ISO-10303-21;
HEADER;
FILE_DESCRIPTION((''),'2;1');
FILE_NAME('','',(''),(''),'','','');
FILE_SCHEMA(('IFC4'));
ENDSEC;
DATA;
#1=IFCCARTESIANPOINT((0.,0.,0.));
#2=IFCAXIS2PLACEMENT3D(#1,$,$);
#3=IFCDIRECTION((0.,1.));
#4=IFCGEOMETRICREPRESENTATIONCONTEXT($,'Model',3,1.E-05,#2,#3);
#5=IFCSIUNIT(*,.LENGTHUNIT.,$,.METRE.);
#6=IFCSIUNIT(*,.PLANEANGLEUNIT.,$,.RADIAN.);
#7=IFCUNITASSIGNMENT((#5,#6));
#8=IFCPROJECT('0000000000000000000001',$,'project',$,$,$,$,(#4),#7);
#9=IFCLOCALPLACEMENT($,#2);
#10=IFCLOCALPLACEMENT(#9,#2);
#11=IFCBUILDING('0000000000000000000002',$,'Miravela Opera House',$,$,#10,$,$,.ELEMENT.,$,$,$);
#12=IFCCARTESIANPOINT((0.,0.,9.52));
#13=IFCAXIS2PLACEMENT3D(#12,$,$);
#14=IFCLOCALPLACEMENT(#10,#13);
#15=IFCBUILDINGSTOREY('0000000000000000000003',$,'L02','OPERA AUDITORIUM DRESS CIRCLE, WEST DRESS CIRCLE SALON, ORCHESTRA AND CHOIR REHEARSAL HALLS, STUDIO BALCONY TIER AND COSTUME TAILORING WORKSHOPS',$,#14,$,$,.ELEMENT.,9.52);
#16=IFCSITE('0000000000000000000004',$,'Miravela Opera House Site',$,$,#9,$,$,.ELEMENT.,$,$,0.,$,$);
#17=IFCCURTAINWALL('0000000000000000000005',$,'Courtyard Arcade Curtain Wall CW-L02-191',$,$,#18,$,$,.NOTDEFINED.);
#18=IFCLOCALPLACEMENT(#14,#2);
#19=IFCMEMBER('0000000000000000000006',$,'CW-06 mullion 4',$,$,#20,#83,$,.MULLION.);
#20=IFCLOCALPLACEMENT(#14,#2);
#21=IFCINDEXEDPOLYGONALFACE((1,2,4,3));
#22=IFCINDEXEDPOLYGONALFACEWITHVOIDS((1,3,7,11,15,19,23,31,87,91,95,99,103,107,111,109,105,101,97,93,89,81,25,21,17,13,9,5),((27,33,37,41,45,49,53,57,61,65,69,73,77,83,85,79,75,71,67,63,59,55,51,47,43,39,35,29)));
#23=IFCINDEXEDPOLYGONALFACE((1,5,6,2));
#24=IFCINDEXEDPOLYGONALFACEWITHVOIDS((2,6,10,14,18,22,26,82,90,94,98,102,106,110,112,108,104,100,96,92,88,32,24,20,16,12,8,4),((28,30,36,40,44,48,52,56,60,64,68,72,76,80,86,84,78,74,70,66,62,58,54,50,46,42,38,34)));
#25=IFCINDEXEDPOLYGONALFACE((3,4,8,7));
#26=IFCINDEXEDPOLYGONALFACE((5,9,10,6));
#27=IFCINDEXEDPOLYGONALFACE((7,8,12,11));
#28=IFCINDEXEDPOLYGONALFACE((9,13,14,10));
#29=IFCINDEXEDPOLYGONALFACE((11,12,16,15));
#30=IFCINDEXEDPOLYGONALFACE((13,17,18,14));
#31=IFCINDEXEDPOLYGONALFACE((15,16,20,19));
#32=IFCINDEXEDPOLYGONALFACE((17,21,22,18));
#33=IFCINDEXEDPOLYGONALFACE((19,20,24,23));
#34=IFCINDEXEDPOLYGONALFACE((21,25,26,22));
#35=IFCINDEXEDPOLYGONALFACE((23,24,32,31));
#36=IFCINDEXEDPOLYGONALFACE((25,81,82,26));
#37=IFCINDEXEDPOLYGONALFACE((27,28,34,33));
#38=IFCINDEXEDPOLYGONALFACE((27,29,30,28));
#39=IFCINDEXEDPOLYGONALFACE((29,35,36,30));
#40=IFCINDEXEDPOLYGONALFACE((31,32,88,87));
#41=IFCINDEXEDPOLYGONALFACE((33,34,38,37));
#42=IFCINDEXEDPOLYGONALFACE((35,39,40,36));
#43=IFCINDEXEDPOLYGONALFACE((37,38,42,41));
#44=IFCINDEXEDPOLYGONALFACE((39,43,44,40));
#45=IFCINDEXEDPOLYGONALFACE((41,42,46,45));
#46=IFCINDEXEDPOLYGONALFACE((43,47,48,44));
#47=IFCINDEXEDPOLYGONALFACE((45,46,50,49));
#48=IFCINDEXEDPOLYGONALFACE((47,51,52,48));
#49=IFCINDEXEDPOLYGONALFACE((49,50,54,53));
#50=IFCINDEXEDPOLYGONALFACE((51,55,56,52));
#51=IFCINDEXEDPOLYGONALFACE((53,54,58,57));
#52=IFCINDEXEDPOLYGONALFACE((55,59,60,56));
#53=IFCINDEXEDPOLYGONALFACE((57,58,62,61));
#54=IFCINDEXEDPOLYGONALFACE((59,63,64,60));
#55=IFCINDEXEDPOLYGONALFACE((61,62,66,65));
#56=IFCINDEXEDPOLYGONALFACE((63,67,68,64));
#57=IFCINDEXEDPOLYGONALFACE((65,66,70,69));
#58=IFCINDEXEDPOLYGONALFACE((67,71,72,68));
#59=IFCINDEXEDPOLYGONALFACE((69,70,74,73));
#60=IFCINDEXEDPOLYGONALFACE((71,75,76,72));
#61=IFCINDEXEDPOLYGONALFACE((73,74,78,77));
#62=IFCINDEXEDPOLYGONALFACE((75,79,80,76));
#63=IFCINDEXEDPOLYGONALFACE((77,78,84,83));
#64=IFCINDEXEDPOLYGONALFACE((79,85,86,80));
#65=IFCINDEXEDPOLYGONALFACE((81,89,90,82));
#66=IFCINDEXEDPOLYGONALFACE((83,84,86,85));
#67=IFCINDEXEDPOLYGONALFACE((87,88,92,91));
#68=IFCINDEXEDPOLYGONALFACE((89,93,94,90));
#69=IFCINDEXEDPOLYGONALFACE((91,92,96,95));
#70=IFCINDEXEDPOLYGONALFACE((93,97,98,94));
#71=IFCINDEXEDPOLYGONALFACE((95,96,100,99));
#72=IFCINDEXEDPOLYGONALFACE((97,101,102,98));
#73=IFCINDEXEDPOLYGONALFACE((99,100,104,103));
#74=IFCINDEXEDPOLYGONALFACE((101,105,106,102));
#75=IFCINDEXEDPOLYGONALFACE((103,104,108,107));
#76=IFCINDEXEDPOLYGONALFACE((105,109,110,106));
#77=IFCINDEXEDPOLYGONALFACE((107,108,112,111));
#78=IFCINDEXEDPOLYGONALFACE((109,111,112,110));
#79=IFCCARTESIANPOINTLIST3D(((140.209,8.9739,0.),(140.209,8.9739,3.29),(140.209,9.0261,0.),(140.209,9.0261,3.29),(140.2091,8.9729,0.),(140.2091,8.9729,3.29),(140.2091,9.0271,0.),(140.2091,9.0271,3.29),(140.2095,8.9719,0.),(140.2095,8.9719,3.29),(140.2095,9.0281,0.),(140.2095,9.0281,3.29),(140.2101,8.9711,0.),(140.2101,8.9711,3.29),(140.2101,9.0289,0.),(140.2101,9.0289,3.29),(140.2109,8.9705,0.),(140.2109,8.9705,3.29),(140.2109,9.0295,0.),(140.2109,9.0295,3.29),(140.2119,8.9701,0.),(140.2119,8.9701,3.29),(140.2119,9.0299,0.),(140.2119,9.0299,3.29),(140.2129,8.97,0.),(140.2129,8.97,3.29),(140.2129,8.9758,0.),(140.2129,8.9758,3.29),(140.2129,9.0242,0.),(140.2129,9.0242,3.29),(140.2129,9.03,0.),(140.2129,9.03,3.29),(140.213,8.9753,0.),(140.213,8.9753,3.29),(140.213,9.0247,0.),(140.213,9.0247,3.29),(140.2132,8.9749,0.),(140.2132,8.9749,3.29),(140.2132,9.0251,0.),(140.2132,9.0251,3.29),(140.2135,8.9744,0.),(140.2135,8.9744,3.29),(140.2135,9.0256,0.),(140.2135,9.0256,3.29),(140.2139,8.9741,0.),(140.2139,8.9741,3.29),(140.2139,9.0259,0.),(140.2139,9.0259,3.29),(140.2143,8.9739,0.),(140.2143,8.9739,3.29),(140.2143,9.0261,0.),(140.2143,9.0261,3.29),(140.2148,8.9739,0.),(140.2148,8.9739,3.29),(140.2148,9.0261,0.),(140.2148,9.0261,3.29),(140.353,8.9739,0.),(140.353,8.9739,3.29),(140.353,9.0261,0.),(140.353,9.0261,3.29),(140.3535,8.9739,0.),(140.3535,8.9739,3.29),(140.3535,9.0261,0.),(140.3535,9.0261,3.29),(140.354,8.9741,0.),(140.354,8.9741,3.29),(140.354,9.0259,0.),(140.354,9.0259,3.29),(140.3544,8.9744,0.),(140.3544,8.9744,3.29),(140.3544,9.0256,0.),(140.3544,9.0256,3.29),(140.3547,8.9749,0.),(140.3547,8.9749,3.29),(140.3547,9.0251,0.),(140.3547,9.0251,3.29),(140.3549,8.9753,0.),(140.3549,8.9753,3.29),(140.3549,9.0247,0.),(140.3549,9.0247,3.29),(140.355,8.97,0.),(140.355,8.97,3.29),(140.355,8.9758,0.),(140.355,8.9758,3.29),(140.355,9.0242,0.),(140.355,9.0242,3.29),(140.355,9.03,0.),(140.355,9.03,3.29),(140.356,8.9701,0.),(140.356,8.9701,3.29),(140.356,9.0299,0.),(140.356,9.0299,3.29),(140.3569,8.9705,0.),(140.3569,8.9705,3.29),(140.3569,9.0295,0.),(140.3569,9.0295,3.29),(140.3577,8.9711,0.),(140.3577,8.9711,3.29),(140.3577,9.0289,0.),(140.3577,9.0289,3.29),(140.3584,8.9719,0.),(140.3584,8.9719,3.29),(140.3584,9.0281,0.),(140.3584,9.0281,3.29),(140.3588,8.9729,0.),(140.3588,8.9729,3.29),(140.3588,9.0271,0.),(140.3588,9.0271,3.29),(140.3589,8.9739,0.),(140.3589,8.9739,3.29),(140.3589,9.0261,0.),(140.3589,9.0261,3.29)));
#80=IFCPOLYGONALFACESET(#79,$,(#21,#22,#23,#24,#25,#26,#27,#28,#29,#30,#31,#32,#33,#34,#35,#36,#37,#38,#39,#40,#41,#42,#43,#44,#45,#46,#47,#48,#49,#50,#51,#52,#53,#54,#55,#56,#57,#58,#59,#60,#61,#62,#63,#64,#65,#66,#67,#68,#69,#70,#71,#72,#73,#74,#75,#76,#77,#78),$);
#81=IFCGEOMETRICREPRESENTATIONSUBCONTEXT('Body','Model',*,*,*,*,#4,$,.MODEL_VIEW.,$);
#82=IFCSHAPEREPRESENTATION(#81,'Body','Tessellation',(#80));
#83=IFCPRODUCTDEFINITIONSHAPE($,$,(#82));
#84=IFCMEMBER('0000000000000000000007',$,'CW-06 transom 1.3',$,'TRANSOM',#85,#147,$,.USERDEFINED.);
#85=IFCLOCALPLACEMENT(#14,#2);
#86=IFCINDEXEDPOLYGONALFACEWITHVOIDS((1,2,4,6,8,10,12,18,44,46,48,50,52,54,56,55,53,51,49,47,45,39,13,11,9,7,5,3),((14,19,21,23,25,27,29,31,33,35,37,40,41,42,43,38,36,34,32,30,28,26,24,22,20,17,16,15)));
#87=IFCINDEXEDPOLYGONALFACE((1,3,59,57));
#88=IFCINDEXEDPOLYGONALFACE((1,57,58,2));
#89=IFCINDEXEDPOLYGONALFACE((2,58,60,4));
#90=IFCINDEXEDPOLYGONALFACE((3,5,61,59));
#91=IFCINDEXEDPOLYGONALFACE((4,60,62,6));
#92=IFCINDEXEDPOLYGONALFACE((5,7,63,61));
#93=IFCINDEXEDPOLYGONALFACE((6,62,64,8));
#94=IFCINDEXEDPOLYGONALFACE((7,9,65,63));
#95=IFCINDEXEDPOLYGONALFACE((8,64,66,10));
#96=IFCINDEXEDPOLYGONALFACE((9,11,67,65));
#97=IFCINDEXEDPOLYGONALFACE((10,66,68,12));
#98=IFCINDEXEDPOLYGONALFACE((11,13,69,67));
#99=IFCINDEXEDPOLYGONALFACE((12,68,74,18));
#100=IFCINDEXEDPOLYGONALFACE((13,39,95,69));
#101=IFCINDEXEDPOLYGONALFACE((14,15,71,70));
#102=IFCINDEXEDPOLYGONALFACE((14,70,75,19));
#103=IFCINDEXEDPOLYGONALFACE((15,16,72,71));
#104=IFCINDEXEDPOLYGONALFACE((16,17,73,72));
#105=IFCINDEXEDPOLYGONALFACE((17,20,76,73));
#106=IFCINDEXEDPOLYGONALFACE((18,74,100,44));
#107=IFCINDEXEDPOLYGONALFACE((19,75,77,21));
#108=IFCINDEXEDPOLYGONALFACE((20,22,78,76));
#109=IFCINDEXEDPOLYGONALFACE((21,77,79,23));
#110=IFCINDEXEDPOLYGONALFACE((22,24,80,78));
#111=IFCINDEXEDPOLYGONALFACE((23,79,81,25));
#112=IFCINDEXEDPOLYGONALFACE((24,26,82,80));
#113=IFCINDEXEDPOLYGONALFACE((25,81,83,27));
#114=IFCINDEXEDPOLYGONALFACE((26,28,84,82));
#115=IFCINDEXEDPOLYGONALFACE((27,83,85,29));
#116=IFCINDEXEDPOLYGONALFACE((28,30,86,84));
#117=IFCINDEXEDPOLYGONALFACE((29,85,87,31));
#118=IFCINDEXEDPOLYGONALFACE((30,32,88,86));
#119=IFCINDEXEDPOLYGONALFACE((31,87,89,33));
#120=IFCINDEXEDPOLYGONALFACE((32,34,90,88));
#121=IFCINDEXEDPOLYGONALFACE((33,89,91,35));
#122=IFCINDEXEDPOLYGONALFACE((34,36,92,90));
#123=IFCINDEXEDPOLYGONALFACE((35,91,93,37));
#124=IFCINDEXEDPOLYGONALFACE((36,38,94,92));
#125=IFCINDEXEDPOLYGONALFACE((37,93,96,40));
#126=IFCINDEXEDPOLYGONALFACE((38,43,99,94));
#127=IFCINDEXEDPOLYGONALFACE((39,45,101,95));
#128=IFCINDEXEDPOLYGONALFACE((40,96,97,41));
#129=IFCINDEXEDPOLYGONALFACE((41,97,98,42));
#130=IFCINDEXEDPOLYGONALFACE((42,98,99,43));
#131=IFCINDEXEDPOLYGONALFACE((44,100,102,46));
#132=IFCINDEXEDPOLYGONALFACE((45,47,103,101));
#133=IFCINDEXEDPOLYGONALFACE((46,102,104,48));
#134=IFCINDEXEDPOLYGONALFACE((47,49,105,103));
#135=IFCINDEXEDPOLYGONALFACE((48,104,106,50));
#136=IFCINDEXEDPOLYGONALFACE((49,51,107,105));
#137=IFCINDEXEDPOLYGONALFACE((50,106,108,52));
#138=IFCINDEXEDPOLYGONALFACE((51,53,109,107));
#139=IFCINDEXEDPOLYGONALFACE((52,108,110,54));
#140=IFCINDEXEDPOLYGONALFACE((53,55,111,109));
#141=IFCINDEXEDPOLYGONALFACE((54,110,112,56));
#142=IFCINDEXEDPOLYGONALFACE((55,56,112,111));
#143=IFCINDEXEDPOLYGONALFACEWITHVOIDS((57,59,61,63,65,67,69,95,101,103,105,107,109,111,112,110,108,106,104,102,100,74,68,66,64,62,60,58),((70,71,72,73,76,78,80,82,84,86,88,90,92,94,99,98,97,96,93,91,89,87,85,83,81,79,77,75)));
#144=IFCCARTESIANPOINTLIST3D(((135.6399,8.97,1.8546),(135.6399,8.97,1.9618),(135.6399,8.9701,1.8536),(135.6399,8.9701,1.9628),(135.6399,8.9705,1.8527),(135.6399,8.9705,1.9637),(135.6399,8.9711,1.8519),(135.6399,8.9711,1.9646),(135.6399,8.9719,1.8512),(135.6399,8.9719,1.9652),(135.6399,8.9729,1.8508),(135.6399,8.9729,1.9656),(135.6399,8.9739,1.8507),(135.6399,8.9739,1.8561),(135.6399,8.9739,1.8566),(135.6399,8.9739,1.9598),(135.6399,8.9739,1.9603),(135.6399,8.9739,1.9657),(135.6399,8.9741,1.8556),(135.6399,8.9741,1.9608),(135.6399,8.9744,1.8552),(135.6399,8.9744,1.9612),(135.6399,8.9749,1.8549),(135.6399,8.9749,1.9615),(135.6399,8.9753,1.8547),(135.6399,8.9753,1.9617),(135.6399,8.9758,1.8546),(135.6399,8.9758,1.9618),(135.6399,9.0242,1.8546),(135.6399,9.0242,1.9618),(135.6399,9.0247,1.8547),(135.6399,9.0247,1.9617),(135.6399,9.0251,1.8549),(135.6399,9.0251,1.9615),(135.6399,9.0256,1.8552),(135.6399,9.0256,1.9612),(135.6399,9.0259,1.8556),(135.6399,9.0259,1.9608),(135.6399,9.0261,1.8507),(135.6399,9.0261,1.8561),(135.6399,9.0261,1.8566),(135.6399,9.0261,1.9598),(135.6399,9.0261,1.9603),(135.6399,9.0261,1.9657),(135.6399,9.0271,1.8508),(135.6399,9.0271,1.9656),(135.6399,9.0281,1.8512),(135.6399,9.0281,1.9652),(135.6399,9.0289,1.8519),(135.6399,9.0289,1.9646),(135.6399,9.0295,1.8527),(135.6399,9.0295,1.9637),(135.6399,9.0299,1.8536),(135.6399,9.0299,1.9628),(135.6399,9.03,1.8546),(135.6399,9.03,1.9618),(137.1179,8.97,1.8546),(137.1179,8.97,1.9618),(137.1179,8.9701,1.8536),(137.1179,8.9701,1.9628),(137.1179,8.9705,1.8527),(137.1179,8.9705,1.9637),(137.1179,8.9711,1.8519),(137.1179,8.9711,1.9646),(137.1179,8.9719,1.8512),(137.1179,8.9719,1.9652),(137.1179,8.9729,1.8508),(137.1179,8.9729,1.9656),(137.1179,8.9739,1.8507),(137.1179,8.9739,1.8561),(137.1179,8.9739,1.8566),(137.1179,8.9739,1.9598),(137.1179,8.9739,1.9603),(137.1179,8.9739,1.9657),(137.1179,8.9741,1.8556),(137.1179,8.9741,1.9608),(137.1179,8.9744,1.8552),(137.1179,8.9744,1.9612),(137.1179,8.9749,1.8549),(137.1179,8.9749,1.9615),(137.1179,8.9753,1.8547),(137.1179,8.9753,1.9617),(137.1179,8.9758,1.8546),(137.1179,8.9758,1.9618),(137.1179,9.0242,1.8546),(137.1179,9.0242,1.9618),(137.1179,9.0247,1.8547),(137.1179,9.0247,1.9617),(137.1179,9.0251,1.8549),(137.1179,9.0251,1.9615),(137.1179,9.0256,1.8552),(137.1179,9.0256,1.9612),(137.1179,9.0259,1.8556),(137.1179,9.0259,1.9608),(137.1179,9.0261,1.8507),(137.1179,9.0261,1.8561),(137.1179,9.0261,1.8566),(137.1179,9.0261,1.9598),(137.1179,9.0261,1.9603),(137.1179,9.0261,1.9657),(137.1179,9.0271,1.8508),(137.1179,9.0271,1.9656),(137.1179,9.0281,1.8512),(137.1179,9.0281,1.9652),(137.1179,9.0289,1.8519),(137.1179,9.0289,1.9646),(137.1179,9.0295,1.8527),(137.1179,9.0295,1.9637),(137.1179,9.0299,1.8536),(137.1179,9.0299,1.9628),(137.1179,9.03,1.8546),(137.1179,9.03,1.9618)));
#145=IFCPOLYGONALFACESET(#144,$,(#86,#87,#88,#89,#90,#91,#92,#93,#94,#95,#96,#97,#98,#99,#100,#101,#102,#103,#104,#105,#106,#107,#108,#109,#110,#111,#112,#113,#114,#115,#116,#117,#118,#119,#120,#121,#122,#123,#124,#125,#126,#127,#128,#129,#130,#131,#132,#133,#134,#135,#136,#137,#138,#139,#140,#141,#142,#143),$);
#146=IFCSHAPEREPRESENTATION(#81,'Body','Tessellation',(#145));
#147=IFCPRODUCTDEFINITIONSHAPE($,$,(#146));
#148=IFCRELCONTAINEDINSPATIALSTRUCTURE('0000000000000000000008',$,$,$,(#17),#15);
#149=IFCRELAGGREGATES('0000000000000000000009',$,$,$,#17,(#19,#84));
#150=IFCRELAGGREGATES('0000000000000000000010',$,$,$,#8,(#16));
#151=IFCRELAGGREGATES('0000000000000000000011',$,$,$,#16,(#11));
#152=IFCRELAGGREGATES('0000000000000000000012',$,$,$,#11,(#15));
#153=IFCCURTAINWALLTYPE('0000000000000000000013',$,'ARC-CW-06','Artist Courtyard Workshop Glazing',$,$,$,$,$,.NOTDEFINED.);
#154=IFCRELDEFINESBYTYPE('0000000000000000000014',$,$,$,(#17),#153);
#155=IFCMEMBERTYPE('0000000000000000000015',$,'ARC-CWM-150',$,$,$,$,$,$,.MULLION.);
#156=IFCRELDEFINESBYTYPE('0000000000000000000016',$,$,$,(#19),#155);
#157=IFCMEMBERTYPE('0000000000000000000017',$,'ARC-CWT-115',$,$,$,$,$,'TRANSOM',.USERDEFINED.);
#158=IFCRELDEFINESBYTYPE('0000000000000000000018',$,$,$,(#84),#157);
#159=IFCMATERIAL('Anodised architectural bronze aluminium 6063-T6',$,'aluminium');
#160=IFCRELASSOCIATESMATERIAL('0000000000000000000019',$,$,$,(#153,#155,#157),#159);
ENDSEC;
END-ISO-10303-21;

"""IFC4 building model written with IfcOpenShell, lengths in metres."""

from ifc_helpers import new_model, si_unit, direction, frame, origin, origin_2d, place, context, subcontext, project, spatial, hollow_rectangle, extrude, material, material_profile, profile_set, type_object, element, aggregate, save


model = new_model("IFC4")

# Units and contexts
model_context = context("Model", 3, precision=1e-05, world=origin(), true_north=direction((0.0, 1.0)))
body_context = subcontext(model_context, "Body", "Model", "MODEL_VIEW")
ifc_project = project(units=[si_unit("LENGTHUNIT", "METRE"), si_unit("PLANEANGLEUNIT", "RADIAN")], contexts=[model_context])

# Site, building, storey
site_placement = place(None, origin())
site = spatial("IfcSite", under=ifc_project, at=site_placement, Name="Miravela Opera House Site", CompositionType="ELEMENT", RefElevation=0.0)
building_placement = place(site_placement, origin())
building = spatial("IfcBuilding", under=site, at=building_placement, Name="Miravela Opera House", CompositionType="ELEMENT")
storey_placement = place(building_placement, frame((0.0, 0.0, 9.52)))
storey = spatial("IfcBuildingStorey", under=building, at=storey_placement, Name="L02", Description="OPERA AUDITORIUM DRESS CIRCLE, WEST DRESS CIRCLE SALON, ORCHESTRA AND CHOIR REHEARSAL HALLS, STUDIO BALCONY TIER AND COSTUME TAILORING WORKSHOPS", CompositionType="ELEMENT", Elevation=9.52)

# Curtain wall, members
ifc_material_1 = material(Name="Anodised architectural bronze aluminium 6063-T6", Category="aluminium")
curtain_wall_type = type_object("IfcCurtainWallType", Name="ARC-CW-06", Description="Artist Courtyard Workshop Glazing", PredefinedType="NOTDEFINED", material=ifc_material_1)
curtain_wall_placement = place(storey_placement, origin())
curtain_wall = element("IfcCurtainWall", 1, at=curtain_wall_placement, inside=storey, type_object=curtain_wall_type, Name="Courtyard Arcade Curtain Wall CW-L02-191", PredefinedType="NOTDEFINED")
ifc_material_profile_1 = material_profile(ifc_material_1, hollow_rectangle(XDim=0.0601, YDim=0.1499, WallThickness=0.0039, InnerFilletRadius=0.002, OuterFilletRadius=0.0039, at=origin_2d()), Name="CWM-60X150")
ifc_profile_set_1 = profile_set([ifc_material_profile_1])
member_type_1 = type_object("IfcMemberType", Name="ARC-CWM-150", PredefinedType="MULLION", material=ifc_profile_set_1)
member_1_placement = place(storey_placement, frame((140.2839, 9.0, 0.0), z_axis=(0.0, 0.0, 1.0), x_axis=(0.0, 1.0, 0.0)))
member_1 = element("IfcMember", 2, at=member_1_placement, type_object=member_type_1, Name="CW-06 mullion 4", PredefinedType="MULLION", context=body_context, shape_type="SweptSolid", body=[
    extrude(hollow_rectangle(XDim=0.0601, YDim=0.1499, WallThickness=0.0039, InnerFilletRadius=0.002, OuterFilletRadius=0.0039, at=origin_2d()), origin(), (0.0, 0.0, 1.0), 3.29),
])
ifc_material_profile_2 = material_profile(ifc_material_1, hollow_rectangle(XDim=0.0601, YDim=0.115, WallThickness=0.0039, InnerFilletRadius=0.002, OuterFilletRadius=0.0039, at=origin_2d()), Name="CWT-60X115")
ifc_profile_set_2 = profile_set([ifc_material_profile_2])
member_type_2 = type_object("IfcMemberType", Name="ARC-CWT-115", ElementType="TRANSOM", PredefinedType="USERDEFINED", material=ifc_profile_set_2)
member_2_placement = place(storey_placement, frame((135.6399, 9.0, 1.9082), z_axis=(1.0, 0.0, 0.0), x_axis=(0.0, 1.0, 0.0)))
member_2 = element("IfcMember", 3, at=member_2_placement, type_object=member_type_2, Name="CW-06 transom 1.3", ObjectType="TRANSOM", PredefinedType="USERDEFINED", context=body_context, shape_type="SweptSolid", body=[
    extrude(hollow_rectangle(XDim=0.0601, YDim=0.115, WallThickness=0.0039, InnerFilletRadius=0.002, OuterFilletRadius=0.0039, at=origin_2d()), origin(), (0.0, 0.0, 1.0), 1.478),
])
aggregate(curtain_wall, [member_1, member_2])

save(model, "model.ifc")
